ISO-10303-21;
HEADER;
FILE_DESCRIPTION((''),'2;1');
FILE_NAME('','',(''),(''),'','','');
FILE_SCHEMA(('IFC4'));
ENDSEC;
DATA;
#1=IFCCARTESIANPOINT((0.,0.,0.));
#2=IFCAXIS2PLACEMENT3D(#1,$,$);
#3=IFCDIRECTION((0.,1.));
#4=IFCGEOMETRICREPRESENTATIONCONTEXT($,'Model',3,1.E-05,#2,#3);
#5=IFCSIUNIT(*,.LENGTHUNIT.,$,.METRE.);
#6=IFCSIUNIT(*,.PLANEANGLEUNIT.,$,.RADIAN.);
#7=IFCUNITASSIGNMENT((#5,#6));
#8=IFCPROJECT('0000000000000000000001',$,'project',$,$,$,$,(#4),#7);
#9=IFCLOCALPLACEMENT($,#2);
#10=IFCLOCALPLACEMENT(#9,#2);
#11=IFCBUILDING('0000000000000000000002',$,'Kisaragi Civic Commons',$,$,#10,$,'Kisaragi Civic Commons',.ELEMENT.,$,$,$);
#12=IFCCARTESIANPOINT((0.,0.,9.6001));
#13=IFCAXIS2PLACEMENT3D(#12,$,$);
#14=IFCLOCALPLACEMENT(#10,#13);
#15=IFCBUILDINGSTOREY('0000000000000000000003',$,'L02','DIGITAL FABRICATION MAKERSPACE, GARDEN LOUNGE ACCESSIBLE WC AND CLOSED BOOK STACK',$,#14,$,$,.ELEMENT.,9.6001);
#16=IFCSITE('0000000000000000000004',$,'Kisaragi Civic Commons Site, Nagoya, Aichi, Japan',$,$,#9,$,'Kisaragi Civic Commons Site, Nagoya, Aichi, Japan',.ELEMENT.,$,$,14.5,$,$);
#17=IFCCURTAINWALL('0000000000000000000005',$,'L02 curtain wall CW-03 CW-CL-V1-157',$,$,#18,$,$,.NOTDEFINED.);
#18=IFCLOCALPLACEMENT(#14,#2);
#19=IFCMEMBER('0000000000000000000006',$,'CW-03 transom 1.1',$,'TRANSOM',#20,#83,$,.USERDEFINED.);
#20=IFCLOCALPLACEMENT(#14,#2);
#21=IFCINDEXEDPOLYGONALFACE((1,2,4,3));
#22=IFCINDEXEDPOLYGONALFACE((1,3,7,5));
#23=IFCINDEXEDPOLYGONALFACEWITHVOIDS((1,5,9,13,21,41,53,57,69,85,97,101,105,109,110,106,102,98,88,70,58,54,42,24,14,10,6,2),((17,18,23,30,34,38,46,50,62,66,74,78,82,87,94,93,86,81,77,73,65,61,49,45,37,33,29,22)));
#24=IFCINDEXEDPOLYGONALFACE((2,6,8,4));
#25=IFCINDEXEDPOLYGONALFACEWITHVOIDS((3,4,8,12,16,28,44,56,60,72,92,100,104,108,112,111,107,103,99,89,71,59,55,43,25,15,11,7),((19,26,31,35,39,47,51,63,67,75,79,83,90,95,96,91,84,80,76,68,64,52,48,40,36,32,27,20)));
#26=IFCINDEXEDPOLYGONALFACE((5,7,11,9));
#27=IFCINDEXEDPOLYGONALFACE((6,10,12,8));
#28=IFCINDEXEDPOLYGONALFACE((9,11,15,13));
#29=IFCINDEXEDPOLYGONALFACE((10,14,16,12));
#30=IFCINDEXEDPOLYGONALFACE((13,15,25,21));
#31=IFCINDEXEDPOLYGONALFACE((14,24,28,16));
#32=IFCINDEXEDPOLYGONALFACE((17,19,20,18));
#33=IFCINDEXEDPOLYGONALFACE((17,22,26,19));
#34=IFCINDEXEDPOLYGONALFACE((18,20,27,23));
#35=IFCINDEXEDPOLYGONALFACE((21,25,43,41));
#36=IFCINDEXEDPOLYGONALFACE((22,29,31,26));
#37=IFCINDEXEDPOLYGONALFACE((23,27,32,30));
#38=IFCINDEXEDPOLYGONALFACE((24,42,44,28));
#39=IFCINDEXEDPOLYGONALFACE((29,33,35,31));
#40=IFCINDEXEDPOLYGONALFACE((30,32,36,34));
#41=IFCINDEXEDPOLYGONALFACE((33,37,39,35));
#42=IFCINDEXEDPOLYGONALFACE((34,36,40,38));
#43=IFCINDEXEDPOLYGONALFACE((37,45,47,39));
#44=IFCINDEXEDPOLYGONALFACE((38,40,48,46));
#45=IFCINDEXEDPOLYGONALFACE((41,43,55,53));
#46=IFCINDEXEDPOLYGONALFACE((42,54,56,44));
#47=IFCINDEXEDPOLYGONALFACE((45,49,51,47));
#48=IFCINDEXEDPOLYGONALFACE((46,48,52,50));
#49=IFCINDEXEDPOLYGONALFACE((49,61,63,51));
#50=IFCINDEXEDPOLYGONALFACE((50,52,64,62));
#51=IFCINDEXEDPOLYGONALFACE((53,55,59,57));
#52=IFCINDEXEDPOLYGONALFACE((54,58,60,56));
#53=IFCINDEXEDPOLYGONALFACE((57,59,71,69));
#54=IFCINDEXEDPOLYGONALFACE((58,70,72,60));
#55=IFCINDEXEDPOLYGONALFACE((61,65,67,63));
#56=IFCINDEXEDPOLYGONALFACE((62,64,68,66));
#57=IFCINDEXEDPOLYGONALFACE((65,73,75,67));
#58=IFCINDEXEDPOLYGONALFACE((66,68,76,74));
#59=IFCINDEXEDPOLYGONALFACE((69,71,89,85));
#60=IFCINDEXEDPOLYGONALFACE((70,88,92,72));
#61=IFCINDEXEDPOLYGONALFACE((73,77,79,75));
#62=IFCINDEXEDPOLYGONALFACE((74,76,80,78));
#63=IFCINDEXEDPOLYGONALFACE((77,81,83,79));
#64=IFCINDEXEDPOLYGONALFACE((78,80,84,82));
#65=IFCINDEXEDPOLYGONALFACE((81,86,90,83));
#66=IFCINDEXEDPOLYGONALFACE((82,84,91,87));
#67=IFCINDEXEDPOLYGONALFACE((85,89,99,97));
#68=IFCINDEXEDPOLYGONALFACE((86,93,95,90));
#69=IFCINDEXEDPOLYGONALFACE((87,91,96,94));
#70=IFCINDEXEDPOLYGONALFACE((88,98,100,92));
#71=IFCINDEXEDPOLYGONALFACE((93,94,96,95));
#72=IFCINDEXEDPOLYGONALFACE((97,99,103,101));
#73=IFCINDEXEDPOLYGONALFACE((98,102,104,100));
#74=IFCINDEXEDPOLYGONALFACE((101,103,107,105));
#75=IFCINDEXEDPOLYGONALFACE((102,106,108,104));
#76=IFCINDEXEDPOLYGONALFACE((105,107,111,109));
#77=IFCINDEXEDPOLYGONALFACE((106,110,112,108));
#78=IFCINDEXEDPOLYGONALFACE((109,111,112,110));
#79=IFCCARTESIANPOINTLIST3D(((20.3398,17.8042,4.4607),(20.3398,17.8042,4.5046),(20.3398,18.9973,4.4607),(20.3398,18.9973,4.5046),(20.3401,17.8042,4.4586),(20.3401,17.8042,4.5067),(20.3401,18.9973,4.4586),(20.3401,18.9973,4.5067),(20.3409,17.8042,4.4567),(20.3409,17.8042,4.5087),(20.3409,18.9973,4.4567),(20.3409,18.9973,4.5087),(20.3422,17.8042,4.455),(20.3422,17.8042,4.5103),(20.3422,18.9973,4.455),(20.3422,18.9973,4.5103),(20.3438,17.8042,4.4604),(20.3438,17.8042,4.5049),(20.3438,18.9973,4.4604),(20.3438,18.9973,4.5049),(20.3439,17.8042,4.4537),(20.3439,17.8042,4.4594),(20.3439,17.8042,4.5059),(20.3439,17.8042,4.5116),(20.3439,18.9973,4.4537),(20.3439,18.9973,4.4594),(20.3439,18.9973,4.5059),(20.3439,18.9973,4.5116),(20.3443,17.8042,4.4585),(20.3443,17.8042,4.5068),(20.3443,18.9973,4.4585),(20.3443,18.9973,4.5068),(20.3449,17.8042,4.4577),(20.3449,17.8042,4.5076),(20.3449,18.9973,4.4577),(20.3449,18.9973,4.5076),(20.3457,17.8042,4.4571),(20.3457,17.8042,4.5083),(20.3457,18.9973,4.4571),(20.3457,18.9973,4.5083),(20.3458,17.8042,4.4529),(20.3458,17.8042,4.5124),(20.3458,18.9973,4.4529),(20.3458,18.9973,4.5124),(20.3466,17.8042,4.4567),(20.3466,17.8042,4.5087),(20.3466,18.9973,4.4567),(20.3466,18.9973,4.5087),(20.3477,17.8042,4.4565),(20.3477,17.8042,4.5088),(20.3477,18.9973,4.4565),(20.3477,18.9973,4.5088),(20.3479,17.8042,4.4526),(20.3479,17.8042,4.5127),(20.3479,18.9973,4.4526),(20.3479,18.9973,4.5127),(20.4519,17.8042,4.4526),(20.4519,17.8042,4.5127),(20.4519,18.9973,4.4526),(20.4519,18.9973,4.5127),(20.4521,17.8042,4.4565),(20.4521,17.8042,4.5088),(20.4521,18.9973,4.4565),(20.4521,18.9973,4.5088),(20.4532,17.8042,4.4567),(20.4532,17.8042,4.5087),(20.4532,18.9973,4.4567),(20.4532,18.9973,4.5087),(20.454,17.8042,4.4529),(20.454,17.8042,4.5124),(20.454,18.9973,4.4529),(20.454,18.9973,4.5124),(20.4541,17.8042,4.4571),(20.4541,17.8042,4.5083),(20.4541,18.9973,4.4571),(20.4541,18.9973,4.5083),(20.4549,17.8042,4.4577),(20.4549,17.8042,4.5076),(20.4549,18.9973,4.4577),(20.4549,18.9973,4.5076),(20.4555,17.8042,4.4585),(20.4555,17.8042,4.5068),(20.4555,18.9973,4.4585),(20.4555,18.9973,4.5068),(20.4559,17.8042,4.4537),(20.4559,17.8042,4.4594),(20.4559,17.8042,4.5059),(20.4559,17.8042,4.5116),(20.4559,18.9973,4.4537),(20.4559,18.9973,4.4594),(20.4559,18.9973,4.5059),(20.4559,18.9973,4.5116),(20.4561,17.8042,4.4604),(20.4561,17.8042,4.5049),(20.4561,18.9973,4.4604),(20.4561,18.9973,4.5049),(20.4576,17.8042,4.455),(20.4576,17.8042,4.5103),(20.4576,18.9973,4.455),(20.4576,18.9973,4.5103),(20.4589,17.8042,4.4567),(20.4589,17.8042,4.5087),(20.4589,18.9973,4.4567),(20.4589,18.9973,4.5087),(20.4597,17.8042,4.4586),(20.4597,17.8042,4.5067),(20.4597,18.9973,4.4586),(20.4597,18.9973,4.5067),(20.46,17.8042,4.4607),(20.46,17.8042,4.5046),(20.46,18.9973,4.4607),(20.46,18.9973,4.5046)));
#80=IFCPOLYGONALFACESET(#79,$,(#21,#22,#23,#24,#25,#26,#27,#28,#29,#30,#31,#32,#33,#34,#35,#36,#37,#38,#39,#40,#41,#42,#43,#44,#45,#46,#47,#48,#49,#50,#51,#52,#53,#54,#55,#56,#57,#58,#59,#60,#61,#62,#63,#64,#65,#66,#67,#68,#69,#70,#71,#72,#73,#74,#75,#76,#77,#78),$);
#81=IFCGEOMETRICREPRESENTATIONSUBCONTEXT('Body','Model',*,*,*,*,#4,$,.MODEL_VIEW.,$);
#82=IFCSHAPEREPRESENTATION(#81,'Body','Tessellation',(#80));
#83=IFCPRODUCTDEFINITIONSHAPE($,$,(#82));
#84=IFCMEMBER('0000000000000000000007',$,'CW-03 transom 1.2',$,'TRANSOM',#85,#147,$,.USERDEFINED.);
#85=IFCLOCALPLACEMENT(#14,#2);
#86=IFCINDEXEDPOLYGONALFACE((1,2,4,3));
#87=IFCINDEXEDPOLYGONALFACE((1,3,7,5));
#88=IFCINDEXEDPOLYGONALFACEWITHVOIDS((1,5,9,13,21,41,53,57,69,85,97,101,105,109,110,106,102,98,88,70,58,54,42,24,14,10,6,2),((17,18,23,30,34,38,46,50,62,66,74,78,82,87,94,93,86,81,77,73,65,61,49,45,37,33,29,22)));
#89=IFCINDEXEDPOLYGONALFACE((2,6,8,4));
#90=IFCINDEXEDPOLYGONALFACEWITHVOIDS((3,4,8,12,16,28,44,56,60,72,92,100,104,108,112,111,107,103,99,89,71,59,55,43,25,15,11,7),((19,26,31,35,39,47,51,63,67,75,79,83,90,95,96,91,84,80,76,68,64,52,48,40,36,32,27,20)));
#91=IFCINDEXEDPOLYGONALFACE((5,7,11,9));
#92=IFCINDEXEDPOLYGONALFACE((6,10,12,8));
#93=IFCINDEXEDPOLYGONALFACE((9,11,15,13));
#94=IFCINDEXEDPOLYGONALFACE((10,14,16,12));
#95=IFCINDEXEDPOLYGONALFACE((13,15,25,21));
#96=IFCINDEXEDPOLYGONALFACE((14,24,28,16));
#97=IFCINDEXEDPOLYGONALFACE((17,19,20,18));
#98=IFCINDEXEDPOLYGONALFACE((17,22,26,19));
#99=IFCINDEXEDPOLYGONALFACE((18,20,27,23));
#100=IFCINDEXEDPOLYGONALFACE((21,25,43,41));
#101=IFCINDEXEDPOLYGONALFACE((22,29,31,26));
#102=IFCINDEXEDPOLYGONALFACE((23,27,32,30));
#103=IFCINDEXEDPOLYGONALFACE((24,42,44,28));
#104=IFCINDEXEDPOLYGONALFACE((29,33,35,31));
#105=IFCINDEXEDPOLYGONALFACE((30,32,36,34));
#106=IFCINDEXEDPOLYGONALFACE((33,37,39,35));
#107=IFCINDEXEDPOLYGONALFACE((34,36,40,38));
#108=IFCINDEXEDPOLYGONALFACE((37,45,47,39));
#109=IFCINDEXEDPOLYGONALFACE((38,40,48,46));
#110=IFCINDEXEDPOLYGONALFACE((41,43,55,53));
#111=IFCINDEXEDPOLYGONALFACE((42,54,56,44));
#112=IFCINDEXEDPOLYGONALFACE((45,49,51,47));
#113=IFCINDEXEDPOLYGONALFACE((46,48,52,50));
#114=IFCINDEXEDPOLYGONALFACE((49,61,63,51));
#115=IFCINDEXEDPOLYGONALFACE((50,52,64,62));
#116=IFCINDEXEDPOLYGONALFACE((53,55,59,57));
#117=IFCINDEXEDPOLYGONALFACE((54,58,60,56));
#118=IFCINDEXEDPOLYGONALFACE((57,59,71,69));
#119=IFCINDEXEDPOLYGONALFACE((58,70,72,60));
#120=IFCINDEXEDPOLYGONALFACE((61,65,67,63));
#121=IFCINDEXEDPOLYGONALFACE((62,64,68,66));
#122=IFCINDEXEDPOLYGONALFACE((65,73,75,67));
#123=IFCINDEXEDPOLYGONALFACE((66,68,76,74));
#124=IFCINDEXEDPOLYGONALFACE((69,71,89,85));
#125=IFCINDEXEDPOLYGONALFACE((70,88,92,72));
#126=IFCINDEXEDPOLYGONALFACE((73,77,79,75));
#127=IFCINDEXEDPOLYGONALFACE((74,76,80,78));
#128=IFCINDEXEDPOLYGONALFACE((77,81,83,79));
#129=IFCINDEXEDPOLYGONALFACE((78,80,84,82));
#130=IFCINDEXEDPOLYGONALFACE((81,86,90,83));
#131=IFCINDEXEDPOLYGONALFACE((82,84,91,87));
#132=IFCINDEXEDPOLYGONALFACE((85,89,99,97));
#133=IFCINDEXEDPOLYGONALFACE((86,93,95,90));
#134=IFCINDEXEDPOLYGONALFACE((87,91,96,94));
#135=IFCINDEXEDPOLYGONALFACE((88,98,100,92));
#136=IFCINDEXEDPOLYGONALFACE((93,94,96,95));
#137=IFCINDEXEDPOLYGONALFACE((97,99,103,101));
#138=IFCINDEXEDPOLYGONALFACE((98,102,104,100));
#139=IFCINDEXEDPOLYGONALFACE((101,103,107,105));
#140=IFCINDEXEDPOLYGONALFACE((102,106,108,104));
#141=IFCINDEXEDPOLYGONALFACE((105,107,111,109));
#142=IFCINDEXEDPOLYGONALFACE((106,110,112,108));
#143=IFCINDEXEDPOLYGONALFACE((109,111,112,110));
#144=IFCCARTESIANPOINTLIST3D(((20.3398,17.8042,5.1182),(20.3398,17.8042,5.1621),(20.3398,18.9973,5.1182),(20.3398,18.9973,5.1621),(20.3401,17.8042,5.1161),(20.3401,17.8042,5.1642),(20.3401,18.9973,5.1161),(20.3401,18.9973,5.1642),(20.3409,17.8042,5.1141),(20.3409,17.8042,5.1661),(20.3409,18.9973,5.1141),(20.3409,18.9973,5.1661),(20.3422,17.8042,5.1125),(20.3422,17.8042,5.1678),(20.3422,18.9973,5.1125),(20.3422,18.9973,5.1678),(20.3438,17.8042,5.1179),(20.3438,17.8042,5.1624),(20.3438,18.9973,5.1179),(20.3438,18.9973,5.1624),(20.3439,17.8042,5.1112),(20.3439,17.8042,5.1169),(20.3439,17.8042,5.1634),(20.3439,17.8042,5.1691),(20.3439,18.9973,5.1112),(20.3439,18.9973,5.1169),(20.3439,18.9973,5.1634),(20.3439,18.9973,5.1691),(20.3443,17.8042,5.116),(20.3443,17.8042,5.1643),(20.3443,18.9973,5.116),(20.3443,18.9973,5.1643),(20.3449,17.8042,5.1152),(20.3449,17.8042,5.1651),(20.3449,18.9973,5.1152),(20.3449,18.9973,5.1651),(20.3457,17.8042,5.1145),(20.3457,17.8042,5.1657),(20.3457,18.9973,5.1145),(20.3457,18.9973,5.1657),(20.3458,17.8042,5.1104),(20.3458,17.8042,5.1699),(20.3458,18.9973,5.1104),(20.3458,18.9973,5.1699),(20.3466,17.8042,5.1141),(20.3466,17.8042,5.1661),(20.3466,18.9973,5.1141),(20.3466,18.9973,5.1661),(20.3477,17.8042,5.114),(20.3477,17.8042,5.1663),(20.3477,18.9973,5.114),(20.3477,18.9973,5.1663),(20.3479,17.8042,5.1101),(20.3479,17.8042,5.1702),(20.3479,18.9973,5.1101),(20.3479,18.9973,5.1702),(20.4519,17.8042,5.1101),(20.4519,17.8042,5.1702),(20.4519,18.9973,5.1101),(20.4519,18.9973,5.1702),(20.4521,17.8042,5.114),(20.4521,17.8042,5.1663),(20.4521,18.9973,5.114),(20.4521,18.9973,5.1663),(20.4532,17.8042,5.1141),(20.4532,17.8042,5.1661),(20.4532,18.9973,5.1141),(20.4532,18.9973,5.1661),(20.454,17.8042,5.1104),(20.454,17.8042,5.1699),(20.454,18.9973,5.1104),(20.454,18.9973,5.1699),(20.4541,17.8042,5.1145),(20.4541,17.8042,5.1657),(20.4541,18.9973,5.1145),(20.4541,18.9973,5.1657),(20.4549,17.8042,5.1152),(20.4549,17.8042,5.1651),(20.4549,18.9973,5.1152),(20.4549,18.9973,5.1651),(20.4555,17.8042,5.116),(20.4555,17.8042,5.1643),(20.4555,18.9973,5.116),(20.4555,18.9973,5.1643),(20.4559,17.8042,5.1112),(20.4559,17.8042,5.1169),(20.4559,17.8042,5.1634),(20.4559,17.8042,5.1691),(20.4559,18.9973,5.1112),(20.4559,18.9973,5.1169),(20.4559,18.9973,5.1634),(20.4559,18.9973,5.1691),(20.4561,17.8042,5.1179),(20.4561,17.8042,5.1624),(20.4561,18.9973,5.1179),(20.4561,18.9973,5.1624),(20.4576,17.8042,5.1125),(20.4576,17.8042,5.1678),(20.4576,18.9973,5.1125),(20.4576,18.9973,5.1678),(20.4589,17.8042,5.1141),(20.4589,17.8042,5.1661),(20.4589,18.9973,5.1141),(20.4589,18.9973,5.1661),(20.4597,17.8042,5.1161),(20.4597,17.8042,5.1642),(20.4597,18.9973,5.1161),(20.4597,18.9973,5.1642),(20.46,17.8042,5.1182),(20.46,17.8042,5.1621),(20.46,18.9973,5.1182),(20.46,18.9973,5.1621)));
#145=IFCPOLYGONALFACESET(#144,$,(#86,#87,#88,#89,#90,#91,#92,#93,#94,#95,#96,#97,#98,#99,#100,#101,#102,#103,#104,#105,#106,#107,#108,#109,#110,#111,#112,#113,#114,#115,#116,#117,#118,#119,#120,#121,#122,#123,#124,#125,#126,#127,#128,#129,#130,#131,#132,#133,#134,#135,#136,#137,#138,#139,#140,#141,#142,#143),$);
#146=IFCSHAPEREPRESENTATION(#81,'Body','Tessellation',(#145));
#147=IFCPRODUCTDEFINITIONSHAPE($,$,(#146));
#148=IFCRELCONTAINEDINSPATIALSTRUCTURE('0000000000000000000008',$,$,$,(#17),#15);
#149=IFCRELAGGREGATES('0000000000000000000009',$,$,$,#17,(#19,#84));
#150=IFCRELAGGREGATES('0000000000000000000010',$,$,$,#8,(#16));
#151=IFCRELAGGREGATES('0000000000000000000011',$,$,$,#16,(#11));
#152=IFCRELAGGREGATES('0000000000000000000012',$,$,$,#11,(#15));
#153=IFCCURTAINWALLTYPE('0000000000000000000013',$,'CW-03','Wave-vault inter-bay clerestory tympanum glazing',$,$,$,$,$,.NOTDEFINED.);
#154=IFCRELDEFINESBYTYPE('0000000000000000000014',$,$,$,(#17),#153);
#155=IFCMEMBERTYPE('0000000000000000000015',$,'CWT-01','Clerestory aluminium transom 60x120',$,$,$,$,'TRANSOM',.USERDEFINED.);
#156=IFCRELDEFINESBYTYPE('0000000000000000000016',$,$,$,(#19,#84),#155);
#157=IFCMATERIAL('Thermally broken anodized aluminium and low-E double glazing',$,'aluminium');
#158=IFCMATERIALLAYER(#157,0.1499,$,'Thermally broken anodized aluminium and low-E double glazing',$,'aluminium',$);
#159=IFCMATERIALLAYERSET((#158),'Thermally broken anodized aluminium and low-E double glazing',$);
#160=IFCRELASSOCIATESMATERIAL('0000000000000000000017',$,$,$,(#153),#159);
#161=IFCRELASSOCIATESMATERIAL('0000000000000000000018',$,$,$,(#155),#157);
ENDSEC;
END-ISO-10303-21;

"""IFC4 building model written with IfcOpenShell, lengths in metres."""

from ifc_helpers import new_model, si_unit, direction, frame, origin, origin_2d, place, context, subcontext, project, spatial, hollow_rectangle, extrude, material, layer, layer_set, material_profile, profile_set, type_object, element, aggregate, save


model = new_model("IFC4")

# Units and contexts
model_context = context("Model", 3, precision=1e-05, world=origin(), true_north=direction((0.0, 1.0)))
body_context = subcontext(model_context, "Body", "Model", "MODEL_VIEW")
ifc_project = project(units=[si_unit("LENGTHUNIT", "METRE"), si_unit("PLANEANGLEUNIT", "RADIAN")], contexts=[model_context])

# Site, building, storey
site_placement = place(None, origin())
site = spatial("IfcSite", under=ifc_project, at=site_placement, Name="Kisaragi Civic Commons Site, Nagoya, Aichi, Japan", LongName="Kisaragi Civic Commons Site, Nagoya, Aichi, Japan", CompositionType="ELEMENT", RefElevation=14.5)
building_placement = place(site_placement, origin())
building = spatial("IfcBuilding", under=site, at=building_placement, Name="Kisaragi Civic Commons", LongName="Kisaragi Civic Commons", CompositionType="ELEMENT")
storey_placement = place(building_placement, frame((0.0, 0.0, 9.6001)))
storey = spatial("IfcBuildingStorey", under=building, at=storey_placement, Name="L02", Description="DIGITAL FABRICATION MAKERSPACE, GARDEN LOUNGE ACCESSIBLE WC AND CLOSED BOOK STACK", CompositionType="ELEMENT", Elevation=9.6001)

# Shared definitions
ifc_material_1 = material(Name="Thermally broken anodized aluminium and low-E double glazing", Category="aluminium")
ifc_layer_1 = layer(ifc_material_1, 0.1499, Name="Thermally broken anodized aluminium and low-E double glazing", Category="aluminium")
ifc_layer_set_1 = layer_set([ifc_layer_1], Name="Thermally broken anodized aluminium and low-E double glazing")
curtain_wall_type = type_object("IfcCurtainWallType", Name="CW-03", Description="Wave-vault inter-bay clerestory tympanum glazing", PredefinedType="NOTDEFINED", material=ifc_layer_set_1)

# Curtain wall, members
curtain_wall_1_placement = place(storey_placement, origin())
curtain_wall_1 = element("IfcCurtainWall", 1, at=curtain_wall_1_placement, inside=storey, type_object=curtain_wall_type, Name="L02 curtain wall CW-03 CW-CL-V1-157", PredefinedType="NOTDEFINED")
ifc_material_profile_1 = material_profile(ifc_material_1, hollow_rectangle(XDim=0.1201, YDim=0.0601, WallThickness=0.0039, InnerFilletRadius=0.0039, OuterFilletRadius=0.0081, at=origin_2d()), Name="CWT-60x120x4", Category="aluminium")
ifc_profile_set_1 = profile_set([ifc_material_profile_1], Name="Thermally broken anodized aluminium and low-E double glazing")
member_type_1 = type_object("IfcMemberType", Name="CWT-01", Description="Clerestory aluminium transom 60x120", ElementType="TRANSOM", PredefinedType="USERDEFINED", material=ifc_profile_set_1)
member_1_placement = place(storey_placement, frame((20.3999, 17.8042, 4.4827), z_axis=(0.0, 1.0, 0.0), x_axis=(-1.0, 0.0, 0.0)))
member_1 = element("IfcMember", 2, at=member_1_placement, type_object=member_type_1, Name="CW-03 transom 1.1", ObjectType="TRANSOM", PredefinedType="USERDEFINED", context=body_context, shape_type="SweptSolid", body=[
    extrude(hollow_rectangle(XDim=0.1201, YDim=0.0601, WallThickness=0.0039, InnerFilletRadius=0.0039, OuterFilletRadius=0.0081, at=origin_2d()), origin(), (0.0, 0.0, 1.0), 1.1931),
])
member_2_placement = place(storey_placement, frame((20.3999, 17.8042, 5.1401), z_axis=(0.0, 1.0, 0.0), x_axis=(-1.0, 0.0, 0.0)))
member_2 = element("IfcMember", 3, at=member_2_placement, type_object=member_type_1, Name="CW-03 transom 1.2", ObjectType="TRANSOM", PredefinedType="USERDEFINED", context=body_context, shape_type="SweptSolid", body=[
    extrude(hollow_rectangle(XDim=0.1201, YDim=0.0601, WallThickness=0.0039, InnerFilletRadius=0.0039, OuterFilletRadius=0.0081, at=origin_2d()), origin(), (0.0, 0.0, 1.0), 1.1931),
])

aggregate(curtain_wall_1, [member_1, member_2])

save(model, "model.ifc")
